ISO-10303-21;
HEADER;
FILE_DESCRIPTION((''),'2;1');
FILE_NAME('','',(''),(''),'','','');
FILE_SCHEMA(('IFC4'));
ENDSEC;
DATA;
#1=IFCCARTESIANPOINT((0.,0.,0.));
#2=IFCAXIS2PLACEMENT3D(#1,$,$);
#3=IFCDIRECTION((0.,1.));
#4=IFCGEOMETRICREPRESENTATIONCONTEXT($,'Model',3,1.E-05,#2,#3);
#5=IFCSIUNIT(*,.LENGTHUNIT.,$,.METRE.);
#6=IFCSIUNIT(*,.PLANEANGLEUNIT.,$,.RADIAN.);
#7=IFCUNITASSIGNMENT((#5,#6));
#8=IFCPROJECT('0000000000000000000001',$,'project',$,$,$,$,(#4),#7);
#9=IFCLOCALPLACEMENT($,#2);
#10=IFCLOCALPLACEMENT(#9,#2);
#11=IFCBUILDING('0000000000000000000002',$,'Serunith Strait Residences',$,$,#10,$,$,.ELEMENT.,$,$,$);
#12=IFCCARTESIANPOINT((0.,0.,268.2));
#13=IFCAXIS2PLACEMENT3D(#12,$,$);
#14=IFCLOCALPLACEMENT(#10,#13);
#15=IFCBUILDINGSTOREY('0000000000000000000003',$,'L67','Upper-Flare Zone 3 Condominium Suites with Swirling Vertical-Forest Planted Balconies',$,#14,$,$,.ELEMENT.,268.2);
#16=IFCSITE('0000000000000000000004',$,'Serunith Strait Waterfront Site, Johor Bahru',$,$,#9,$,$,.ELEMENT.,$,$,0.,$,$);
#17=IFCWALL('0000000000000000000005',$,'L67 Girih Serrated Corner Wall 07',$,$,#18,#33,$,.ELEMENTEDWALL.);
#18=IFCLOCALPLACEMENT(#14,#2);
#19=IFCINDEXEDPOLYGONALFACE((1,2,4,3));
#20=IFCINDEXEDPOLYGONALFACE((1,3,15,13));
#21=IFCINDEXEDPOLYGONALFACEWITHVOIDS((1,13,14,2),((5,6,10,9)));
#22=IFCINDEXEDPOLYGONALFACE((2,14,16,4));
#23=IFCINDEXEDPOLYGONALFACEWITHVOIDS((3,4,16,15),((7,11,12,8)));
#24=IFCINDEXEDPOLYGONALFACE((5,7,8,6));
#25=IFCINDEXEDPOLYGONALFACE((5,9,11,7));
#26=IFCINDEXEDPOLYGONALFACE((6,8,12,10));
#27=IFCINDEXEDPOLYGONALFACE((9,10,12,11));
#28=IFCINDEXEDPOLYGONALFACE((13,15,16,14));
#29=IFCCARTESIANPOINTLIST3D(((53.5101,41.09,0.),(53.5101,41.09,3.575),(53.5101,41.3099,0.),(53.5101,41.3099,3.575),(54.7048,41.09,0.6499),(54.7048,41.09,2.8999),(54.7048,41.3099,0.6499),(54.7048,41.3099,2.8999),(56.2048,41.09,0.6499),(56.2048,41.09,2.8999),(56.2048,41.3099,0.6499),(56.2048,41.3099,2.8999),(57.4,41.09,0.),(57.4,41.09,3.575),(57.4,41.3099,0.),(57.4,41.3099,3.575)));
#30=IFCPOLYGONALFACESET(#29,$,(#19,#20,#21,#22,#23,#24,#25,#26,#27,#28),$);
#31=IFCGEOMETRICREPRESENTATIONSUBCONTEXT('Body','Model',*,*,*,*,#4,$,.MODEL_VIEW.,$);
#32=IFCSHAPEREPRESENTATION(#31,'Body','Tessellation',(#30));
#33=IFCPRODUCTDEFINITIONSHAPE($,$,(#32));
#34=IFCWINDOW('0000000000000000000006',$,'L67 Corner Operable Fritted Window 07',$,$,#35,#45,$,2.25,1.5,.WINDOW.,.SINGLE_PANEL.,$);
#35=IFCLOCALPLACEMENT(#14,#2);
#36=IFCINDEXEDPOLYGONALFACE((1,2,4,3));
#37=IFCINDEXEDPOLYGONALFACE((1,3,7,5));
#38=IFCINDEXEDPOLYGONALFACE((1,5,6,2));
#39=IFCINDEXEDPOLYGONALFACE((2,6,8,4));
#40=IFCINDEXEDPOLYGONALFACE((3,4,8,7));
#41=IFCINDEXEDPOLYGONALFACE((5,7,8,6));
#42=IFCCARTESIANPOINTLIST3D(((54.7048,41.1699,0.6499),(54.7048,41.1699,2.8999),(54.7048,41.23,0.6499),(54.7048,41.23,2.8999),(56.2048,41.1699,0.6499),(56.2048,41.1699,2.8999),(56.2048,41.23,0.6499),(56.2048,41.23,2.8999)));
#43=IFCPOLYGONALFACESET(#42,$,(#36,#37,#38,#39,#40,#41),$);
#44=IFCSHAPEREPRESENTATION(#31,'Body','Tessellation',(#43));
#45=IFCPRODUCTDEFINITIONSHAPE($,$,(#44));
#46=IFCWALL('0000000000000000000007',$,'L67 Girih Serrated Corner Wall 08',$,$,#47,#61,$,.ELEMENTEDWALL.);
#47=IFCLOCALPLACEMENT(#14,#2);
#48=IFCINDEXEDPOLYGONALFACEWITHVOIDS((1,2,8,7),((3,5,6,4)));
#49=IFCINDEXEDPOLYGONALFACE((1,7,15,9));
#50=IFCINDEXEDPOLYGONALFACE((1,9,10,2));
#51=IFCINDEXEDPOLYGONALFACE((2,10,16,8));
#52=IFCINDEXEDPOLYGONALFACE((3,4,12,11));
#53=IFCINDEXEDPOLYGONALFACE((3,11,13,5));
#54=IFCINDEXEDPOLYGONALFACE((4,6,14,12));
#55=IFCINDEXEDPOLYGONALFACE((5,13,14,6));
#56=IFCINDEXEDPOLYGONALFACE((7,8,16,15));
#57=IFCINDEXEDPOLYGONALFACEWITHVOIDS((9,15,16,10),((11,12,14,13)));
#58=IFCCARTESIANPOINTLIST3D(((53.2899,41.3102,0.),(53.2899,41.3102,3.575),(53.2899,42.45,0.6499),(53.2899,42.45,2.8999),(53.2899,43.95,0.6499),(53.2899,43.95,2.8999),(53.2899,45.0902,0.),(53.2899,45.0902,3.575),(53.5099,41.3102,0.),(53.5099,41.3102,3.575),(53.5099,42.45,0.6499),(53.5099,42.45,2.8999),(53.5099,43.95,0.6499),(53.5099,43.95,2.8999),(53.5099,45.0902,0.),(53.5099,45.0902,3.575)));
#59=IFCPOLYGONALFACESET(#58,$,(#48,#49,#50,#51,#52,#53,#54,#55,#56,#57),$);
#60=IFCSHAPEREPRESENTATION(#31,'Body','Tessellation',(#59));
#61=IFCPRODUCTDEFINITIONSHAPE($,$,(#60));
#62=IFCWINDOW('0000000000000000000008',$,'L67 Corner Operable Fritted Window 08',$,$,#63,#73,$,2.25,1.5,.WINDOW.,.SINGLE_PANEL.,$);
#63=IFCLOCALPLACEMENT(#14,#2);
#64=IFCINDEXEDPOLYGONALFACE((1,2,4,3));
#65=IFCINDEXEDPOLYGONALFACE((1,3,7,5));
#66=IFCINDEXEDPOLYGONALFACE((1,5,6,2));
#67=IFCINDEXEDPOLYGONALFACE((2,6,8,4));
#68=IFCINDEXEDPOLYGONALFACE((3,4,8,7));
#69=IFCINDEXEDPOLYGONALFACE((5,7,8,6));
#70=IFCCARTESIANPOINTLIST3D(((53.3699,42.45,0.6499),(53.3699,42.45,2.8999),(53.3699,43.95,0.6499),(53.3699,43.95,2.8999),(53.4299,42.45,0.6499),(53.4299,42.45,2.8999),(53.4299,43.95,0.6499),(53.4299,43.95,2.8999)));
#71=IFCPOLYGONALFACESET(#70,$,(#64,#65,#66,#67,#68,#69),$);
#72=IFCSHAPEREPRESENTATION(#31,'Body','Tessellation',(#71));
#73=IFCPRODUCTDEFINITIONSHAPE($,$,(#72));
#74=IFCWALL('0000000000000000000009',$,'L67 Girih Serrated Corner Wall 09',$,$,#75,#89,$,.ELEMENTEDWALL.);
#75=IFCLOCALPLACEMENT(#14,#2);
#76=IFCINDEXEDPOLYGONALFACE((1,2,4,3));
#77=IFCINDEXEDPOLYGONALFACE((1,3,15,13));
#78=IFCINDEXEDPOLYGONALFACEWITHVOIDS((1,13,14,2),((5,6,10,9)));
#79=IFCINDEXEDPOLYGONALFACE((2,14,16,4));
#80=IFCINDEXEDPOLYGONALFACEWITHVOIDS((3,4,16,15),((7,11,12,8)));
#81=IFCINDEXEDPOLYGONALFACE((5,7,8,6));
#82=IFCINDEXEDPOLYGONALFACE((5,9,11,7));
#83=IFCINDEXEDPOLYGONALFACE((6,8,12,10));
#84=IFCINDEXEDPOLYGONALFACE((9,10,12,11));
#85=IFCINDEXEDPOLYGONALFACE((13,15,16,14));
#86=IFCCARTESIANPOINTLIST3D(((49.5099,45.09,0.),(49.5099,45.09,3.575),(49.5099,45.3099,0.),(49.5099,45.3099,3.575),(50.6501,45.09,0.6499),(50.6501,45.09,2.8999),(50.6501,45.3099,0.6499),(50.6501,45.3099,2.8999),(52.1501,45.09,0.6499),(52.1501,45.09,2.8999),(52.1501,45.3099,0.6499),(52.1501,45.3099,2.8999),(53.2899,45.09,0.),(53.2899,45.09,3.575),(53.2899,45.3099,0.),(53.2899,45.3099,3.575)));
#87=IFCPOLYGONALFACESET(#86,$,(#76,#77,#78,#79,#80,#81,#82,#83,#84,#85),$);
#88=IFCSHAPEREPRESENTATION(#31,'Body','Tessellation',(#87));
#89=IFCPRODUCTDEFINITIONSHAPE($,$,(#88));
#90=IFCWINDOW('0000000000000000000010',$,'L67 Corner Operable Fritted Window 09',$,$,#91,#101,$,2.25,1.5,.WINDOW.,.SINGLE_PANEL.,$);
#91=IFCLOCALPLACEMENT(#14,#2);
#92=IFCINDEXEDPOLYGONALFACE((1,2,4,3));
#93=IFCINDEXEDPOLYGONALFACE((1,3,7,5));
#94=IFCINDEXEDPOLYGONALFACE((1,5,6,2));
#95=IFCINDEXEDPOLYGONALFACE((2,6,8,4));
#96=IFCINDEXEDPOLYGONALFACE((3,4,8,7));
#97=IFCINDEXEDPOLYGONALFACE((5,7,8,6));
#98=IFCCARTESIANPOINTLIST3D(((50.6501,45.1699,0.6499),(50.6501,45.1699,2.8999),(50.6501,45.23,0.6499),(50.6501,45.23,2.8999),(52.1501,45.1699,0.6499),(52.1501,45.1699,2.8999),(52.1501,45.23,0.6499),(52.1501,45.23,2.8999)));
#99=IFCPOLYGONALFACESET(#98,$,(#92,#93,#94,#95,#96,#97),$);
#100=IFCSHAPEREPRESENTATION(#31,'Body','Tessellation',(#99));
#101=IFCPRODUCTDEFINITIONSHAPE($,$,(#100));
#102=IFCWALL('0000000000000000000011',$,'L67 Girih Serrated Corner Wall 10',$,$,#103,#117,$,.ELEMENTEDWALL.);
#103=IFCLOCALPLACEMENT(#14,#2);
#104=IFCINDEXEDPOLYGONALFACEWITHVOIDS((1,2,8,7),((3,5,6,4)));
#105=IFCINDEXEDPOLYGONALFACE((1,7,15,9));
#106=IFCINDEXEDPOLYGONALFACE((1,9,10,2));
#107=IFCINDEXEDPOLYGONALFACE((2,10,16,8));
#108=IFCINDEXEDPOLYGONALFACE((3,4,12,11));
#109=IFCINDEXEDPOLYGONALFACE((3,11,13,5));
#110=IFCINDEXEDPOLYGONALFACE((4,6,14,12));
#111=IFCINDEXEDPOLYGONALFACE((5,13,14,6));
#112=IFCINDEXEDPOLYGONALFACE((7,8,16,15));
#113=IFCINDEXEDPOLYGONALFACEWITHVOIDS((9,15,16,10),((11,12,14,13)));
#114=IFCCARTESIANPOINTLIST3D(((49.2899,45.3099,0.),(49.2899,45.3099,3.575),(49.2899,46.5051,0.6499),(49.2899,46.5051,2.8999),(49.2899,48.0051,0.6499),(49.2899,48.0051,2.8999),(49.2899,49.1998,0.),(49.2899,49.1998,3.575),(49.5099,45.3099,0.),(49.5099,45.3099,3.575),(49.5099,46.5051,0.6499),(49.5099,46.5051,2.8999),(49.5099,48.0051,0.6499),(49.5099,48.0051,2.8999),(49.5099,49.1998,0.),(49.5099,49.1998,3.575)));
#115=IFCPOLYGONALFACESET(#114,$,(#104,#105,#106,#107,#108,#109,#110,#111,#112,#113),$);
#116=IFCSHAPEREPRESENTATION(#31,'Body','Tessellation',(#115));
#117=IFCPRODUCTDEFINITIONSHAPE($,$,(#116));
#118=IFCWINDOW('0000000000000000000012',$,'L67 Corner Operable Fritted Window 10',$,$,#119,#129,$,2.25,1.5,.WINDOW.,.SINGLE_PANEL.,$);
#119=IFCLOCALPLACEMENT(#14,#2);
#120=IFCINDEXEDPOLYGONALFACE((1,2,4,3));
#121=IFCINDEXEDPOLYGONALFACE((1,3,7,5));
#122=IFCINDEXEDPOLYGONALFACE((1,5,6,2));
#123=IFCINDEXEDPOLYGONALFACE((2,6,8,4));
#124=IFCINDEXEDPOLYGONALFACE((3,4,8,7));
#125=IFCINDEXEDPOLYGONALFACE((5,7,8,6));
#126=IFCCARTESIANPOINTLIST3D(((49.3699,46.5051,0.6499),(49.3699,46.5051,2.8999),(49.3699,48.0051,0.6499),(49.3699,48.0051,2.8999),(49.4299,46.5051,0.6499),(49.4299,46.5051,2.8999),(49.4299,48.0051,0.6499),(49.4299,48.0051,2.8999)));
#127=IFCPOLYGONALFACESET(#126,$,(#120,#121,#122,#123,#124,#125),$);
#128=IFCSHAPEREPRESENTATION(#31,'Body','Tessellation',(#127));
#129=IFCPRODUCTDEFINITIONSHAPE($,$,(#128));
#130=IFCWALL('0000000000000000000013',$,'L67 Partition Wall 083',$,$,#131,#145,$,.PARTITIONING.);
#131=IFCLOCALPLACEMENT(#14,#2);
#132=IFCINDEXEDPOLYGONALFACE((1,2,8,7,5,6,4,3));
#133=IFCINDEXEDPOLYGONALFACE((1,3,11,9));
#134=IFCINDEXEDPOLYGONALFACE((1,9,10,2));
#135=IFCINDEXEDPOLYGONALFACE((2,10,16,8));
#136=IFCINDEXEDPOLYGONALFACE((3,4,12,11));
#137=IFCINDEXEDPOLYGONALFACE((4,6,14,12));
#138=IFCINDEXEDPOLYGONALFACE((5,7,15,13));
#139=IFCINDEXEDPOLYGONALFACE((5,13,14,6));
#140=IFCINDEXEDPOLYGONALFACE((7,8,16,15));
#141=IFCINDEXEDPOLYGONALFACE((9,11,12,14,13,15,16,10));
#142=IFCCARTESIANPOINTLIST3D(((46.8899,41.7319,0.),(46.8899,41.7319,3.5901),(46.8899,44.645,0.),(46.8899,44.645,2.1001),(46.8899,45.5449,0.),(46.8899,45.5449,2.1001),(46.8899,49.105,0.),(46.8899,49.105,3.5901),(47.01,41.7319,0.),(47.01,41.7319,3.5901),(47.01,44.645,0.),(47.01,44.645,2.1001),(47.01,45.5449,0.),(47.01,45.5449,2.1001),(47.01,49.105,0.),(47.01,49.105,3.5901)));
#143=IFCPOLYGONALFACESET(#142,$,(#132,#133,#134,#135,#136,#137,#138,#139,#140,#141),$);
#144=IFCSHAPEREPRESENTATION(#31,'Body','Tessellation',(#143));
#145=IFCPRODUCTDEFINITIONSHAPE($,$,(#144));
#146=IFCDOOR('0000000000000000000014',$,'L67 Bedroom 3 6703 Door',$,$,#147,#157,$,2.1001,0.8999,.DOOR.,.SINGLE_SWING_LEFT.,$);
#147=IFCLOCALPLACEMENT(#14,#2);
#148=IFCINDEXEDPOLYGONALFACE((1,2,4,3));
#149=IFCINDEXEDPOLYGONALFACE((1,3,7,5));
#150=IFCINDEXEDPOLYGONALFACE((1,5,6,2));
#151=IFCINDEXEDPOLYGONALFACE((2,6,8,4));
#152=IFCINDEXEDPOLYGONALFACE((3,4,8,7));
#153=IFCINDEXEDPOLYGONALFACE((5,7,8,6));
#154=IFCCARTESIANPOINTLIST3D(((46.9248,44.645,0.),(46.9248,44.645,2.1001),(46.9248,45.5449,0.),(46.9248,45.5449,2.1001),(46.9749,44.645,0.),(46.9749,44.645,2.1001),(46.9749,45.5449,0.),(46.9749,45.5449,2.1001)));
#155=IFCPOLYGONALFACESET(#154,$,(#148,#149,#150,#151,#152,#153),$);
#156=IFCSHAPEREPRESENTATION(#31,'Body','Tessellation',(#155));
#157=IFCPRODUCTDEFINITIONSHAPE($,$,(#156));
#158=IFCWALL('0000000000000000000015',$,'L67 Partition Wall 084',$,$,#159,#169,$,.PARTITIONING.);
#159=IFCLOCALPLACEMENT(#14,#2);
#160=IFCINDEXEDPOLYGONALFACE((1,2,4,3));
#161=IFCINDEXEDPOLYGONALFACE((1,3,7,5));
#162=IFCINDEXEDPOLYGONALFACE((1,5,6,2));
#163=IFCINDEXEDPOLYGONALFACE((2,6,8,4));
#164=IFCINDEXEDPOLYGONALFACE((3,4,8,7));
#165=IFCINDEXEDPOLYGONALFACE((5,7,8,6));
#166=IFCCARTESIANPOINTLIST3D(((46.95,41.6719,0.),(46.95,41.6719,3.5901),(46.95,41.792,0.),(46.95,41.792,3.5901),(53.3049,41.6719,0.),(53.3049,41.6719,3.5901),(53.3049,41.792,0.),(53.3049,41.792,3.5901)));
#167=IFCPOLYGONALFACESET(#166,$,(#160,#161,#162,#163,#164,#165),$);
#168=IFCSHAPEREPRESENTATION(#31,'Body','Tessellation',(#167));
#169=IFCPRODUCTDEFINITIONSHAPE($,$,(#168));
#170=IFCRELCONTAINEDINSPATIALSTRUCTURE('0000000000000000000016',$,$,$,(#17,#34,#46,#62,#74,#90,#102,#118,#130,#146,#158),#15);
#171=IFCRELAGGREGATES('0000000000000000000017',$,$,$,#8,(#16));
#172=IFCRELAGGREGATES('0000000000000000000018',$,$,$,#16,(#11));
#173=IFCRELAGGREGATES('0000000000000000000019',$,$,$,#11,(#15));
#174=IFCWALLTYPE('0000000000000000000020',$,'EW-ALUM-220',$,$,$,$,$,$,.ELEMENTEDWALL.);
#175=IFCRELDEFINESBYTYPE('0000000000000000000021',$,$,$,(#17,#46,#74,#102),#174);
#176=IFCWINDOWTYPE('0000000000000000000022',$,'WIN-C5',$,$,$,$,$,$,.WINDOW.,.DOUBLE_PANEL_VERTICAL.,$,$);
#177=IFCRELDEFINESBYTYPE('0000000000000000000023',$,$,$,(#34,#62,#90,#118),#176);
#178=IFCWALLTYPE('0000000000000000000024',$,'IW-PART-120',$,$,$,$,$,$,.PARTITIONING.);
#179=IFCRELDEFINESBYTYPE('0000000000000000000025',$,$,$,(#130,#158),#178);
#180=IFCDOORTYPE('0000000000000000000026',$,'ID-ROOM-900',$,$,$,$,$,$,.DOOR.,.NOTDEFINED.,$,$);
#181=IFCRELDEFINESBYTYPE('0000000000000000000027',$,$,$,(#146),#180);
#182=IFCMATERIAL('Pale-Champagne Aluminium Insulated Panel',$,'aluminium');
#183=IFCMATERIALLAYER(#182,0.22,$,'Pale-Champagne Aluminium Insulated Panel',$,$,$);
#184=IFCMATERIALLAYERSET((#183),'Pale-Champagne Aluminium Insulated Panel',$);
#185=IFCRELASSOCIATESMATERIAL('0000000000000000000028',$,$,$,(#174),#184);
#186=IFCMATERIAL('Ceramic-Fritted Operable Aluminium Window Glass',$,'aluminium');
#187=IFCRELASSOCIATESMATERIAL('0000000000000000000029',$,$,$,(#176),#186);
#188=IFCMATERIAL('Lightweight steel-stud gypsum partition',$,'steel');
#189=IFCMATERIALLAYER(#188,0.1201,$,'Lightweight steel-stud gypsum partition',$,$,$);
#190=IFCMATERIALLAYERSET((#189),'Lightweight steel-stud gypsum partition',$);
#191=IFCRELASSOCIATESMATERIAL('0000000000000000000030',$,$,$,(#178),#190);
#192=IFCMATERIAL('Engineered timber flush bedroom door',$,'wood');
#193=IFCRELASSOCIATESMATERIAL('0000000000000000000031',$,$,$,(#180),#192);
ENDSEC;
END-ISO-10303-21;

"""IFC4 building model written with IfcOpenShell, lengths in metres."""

from ifc_helpers import new_model, si_unit, direction, frame, frame_2d, origin, place, context, subcontext, project, spatial, rectangle, extrude, source, transform, mapped, material, layer, layer_set, type_object, element, fill, save


model = new_model("IFC4")

# Units and contexts
model_context = context("Model", 3, precision=1e-05, world=origin(), true_north=direction((0.0, 1.0)))
body_context = subcontext(model_context, "Body", "Model", "MODEL_VIEW")
ifc_project = project(units=[si_unit("LENGTHUNIT", "METRE"), si_unit("PLANEANGLEUNIT", "RADIAN")], contexts=[model_context])

# Site, building, storey
site_placement = place(None, origin())
site = spatial("IfcSite", under=ifc_project, at=site_placement, Name="Serunith Strait Waterfront Site, Johor Bahru", CompositionType="ELEMENT", RefElevation=0.0)
building_placement = place(site_placement, origin())
building = spatial("IfcBuilding", under=site, at=building_placement, Name="Serunith Strait Residences", CompositionType="ELEMENT")
storey_placement = place(building_placement, frame((0.0, 0.0, 268.2)))
storey = spatial("IfcBuildingStorey", under=building, at=storey_placement, Name="L67", Description="Upper-Flare Zone 3 Condominium Suites with Swirling Vertical-Forest Planted Balconies", CompositionType="ELEMENT", Elevation=268.2)

# Walls, openings, windows
ifc_material_1 = material(Name="Pale-Champagne Aluminium Insulated Panel", Category="aluminium")
ifc_layer_1 = layer(ifc_material_1, 0.22, Name="Pale-Champagne Aluminium Insulated Panel")
ifc_layer_set_1 = layer_set([ifc_layer_1], Name="Pale-Champagne Aluminium Insulated Panel")
wall_type_1 = type_object("IfcWallType", Name="EW-ALUM-220", PredefinedType="ELEMENTEDWALL", material=ifc_layer_set_1)
wall_1_placement = place(storey_placement, frame((57.3999, 41.2, 0.0), z_axis=(0.0, 0.0, 1.0), x_axis=(-1.0, 0.0, 0.0)))
wall_1 = element("IfcWall", 1, at=wall_1_placement, inside=storey, type_object=wall_type_1, Name="L67 Girih Serrated Corner Wall 07", PredefinedType="ELEMENTEDWALL", context=body_context, shape_type="SweptSolid", body=[
    extrude(rectangle(XDim=3.8899, YDim=0.22, at=frame_2d((1.9448, 0.0))), origin(), (0.0, 0.0, 1.0), 3.575),
])
opening_1_placement = place(wall_1_placement, frame((1.1951, 0.0, 0.6499)))
opening_1 = element("IfcOpeningElement", 2, at=opening_1_placement, cuts=wall_1, PredefinedType="OPENING", context=body_context, shape_type="SweptSolid", body=[
    extrude(rectangle(XDim=1.5, YDim=2.25, at=frame_2d((0.75, 1.125))), frame((0.0, 0.1201, 0.0), z_axis=(0.0, -1.0, 0.0), x_axis=(1.0, 0.0, 0.0)), (0.0, 0.0, 1.0), 0.24),
])
ifc_material_2 = material(Name="Ceramic-Fritted Operable Aluminium Window Glass", Category="aluminium")
window_type = type_object("IfcWindowType", Name="WIN-C5", PartitioningType="DOUBLE_PANEL_VERTICAL", PredefinedType="WINDOW", material=ifc_material_2)
shared_shape_1 = source(origin(), body_context, "Body", "SweptSolid", [
    extrude(rectangle(XDim=1.5, YDim=2.25, at=frame_2d((0.75, 1.125))), frame((0.0, 0.03, 0.0), z_axis=(0.0, -1.0, 0.0), x_axis=(1.0, 0.0, 0.0)), (0.0, 0.0, 1.0), 0.0601),
])
window_1_placement = place(opening_1_placement, origin())
window_1 = element("IfcWindow", 3, at=window_1_placement, inside=storey, type_object=window_type, Name="L67 Corner Operable Fritted Window 07", OverallHeight=2.25, OverallWidth=1.5, PartitioningType="SINGLE_PANEL", PredefinedType="WINDOW", context=body_context, shape_type="MappedRepresentation", body=[
    mapped(shared_shape_1, transform((0.0, 0.0, 0.0), scale=1.0)),
])
fill(opening_1, window_1)
wall_2_placement = place(storey_placement, frame((53.3999, 41.3101, 0.0), z_axis=(0.0, 0.0, 1.0), x_axis=(0.0, 1.0, 0.0)))
wall_2 = element("IfcWall", 4, at=wall_2_placement, inside=storey, type_object=wall_type_1, Name="L67 Girih Serrated Corner Wall 08", PredefinedType="ELEMENTEDWALL", context=body_context, shape_type="SweptSolid", body=[
    extrude(rectangle(XDim=3.78, YDim=0.22, at=frame_2d((1.8901, 0.0))), origin(), (0.0, 0.0, 1.0), 3.575),
])
opening_2_placement = place(wall_2_placement, frame((1.1399, 0.0, 0.6499)))
opening_2 = element("IfcOpeningElement", 5, at=opening_2_placement, cuts=wall_2, PredefinedType="OPENING", context=body_context, shape_type="SweptSolid", body=[
    extrude(rectangle(XDim=1.5, YDim=2.25, at=frame_2d((0.75, 1.125))), frame((0.0, 0.1201, 0.0), z_axis=(0.0, -1.0, 0.0), x_axis=(1.0, 0.0, 0.0)), (0.0, 0.0, 1.0), 0.24),
])
window_2_placement = place(opening_2_placement, origin())
window_2 = element("IfcWindow", 6, at=window_2_placement, inside=storey, type_object=window_type, Name="L67 Corner Operable Fritted Window 08", OverallHeight=2.25, OverallWidth=1.5, PartitioningType="SINGLE_PANEL", PredefinedType="WINDOW", context=body_context, shape_type="MappedRepresentation", body=[
    mapped(shared_shape_1, transform((0.0, 0.0, 0.0), scale=1.0)),
])
fill(opening_2, window_2)
wall_3_placement = place(storey_placement, frame((53.29, 45.2, 0.0), z_axis=(0.0, 0.0, 1.0), x_axis=(-1.0, 0.0, 0.0)))
wall_3 = element("IfcWall", 7, at=wall_3_placement, inside=storey, type_object=wall_type_1, Name="L67 Girih Serrated Corner Wall 09", PredefinedType="ELEMENTEDWALL", context=body_context, shape_type="SweptSolid", body=[
    extrude(rectangle(XDim=3.78, YDim=0.22, at=frame_2d((1.8901, 0.0))), origin(), (0.0, 0.0, 1.0), 3.575),
])
opening_3_placement = place(wall_3_placement, frame((1.1399, 0.0, 0.6499)))
opening_3 = element("IfcOpeningElement", 8, at=opening_3_placement, cuts=wall_3, PredefinedType="OPENING", context=body_context, shape_type="SweptSolid", body=[
    extrude(rectangle(XDim=1.5, YDim=2.25, at=frame_2d((0.75, 1.125))), frame((0.0, 0.1201, 0.0), z_axis=(0.0, -1.0, 0.0), x_axis=(1.0, 0.0, 0.0)), (0.0, 0.0, 1.0), 0.24),
])
window_3_placement = place(opening_3_placement, origin())
window_3 = element("IfcWindow", 9, at=window_3_placement, inside=storey, type_object=window_type, Name="L67 Corner Operable Fritted Window 09", OverallHeight=2.25, OverallWidth=1.5, PartitioningType="SINGLE_PANEL", PredefinedType="WINDOW", context=body_context, shape_type="MappedRepresentation", body=[
    mapped(shared_shape_1, transform((0.0, 0.0, 0.0), scale=1.0)),
])
fill(opening_3, window_3)
wall_4_placement = place(storey_placement, frame((49.3999, 45.3101, 0.0), z_axis=(0.0, 0.0, 1.0), x_axis=(0.0, 1.0, 0.0)))
wall_4 = element("IfcWall", 10, at=wall_4_placement, inside=storey, type_object=wall_type_1, Name="L67 Girih Serrated Corner Wall 10", PredefinedType="ELEMENTEDWALL", context=body_context, shape_type="SweptSolid", body=[
    extrude(rectangle(XDim=3.8899, YDim=0.22, at=frame_2d((1.9448, 0.0))), origin(), (0.0, 0.0, 1.0), 3.575),
])
opening_4_placement = place(wall_4_placement, frame((1.1951, 0.0, 0.6499)))
opening_4 = element("IfcOpeningElement", 11, at=opening_4_placement, cuts=wall_4, PredefinedType="OPENING", context=body_context, shape_type="SweptSolid", body=[
    extrude(rectangle(XDim=1.5, YDim=2.25, at=frame_2d((0.75, 1.125))), frame((0.0, 0.1201, 0.0), z_axis=(0.0, -1.0, 0.0), x_axis=(1.0, 0.0, 0.0)), (0.0, 0.0, 1.0), 0.24),
])
window_4_placement = place(opening_4_placement, origin())
window_4 = element("IfcWindow", 12, at=window_4_placement, inside=storey, type_object=window_type, Name="L67 Corner Operable Fritted Window 10", OverallHeight=2.25, OverallWidth=1.5, PartitioningType="SINGLE_PANEL", PredefinedType="WINDOW", context=body_context, shape_type="MappedRepresentation", body=[
    mapped(shared_shape_1, transform((0.0, 0.0, 0.0), scale=1.0)),
])
fill(opening_4, window_4)

# Wall, opening, door
ifc_material_3 = material(Name="Lightweight steel-stud gypsum partition", Category="steel")
ifc_layer_2 = layer(ifc_material_3, 0.1201, Name="Lightweight steel-stud gypsum partition")
ifc_layer_set_2 = layer_set([ifc_layer_2], Name="Lightweight steel-stud gypsum partition")
wall_type_2 = type_object("IfcWallType", Name="IW-PART-120", PredefinedType="PARTITIONING", material=ifc_layer_set_2)
wall_5_placement = place(storey_placement, frame((46.95, 49.105, 0.0), z_axis=(0.0, 0.0, 1.0), x_axis=(0.0, -1.0, 0.0)))
wall_5 = element("IfcWall", 13, at=wall_5_placement, inside=storey, type_object=wall_type_2, Name="L67 Partition Wall 083", PredefinedType="PARTITIONING", context=body_context, shape_type="SweptSolid", body=[
    extrude(rectangle(XDim=7.373, YDim=0.1201, at=frame_2d((3.6865, 0.0))), origin(), (0.0, 0.0, 1.0), 3.5901),
])
opening_5_placement = place(wall_5_placement, frame((3.5601, 0.0, 0.0)))
opening_5 = element("IfcOpeningElement", 14, at=opening_5_placement, cuts=wall_5, PredefinedType="OPENING", context=body_context, shape_type="SweptSolid", body=[
    extrude(rectangle(XDim=0.8999, YDim=2.1001, at=frame_2d((0.45, 1.05))), frame((0.0, 0.0701, 0.0), z_axis=(0.0, -1.0, 0.0), x_axis=(1.0, 0.0, 0.0)), (0.0, 0.0, 1.0), 0.1401),
])
ifc_material_4 = material(Name="Engineered timber flush bedroom door", Category="wood")
door_type_1 = type_object("IfcDoorType", Name="ID-ROOM-900", OperationType="NOTDEFINED", PredefinedType="DOOR", material=ifc_material_4)
shared_shape_2 = source(origin(), body_context, "Body", "SweptSolid", [
    extrude(rectangle(XDim=0.8999, YDim=2.1001, at=frame_2d((0.45, 1.05))), frame((0.0, 0.0249, 0.0), z_axis=(0.0, -1.0, 0.0), x_axis=(1.0, 0.0, 0.0)), (0.0, 0.0, 1.0), 0.05),
])
door_1_placement = place(opening_5_placement, origin())
door_1 = element("IfcDoor", 15, at=door_1_placement, inside=storey, type_object=door_type_1, Name="L67 Bedroom 3 6703 Door", OperationType="SINGLE_SWING_LEFT", OverallHeight=2.1001, OverallWidth=0.8999, PredefinedType="DOOR", context=body_context, shape_type="MappedRepresentation", body=[
    mapped(shared_shape_2, transform((0.0, 0.0, 0.0), scale=1.0)),
])
fill(opening_5, door_1)

# Wall
wall_6_placement = place(storey_placement, frame((46.95, 41.7319, 0.0), z_axis=(0.0, 0.0, 1.0), x_axis=(1.0, 0.0, 0.0)))
element("IfcWall", 16, at=wall_6_placement, inside=storey, type_object=wall_type_2, Name="L67 Partition Wall 084", PredefinedType="PARTITIONING", context=body_context, shape_type="SweptSolid", body=[
    extrude(rectangle(XDim=6.355, YDim=0.1201, at=frame_2d((3.1775, 0.0))), origin(), (0.0, 0.0, 1.0), 3.5901),
])

save(model, "model.ifc")
